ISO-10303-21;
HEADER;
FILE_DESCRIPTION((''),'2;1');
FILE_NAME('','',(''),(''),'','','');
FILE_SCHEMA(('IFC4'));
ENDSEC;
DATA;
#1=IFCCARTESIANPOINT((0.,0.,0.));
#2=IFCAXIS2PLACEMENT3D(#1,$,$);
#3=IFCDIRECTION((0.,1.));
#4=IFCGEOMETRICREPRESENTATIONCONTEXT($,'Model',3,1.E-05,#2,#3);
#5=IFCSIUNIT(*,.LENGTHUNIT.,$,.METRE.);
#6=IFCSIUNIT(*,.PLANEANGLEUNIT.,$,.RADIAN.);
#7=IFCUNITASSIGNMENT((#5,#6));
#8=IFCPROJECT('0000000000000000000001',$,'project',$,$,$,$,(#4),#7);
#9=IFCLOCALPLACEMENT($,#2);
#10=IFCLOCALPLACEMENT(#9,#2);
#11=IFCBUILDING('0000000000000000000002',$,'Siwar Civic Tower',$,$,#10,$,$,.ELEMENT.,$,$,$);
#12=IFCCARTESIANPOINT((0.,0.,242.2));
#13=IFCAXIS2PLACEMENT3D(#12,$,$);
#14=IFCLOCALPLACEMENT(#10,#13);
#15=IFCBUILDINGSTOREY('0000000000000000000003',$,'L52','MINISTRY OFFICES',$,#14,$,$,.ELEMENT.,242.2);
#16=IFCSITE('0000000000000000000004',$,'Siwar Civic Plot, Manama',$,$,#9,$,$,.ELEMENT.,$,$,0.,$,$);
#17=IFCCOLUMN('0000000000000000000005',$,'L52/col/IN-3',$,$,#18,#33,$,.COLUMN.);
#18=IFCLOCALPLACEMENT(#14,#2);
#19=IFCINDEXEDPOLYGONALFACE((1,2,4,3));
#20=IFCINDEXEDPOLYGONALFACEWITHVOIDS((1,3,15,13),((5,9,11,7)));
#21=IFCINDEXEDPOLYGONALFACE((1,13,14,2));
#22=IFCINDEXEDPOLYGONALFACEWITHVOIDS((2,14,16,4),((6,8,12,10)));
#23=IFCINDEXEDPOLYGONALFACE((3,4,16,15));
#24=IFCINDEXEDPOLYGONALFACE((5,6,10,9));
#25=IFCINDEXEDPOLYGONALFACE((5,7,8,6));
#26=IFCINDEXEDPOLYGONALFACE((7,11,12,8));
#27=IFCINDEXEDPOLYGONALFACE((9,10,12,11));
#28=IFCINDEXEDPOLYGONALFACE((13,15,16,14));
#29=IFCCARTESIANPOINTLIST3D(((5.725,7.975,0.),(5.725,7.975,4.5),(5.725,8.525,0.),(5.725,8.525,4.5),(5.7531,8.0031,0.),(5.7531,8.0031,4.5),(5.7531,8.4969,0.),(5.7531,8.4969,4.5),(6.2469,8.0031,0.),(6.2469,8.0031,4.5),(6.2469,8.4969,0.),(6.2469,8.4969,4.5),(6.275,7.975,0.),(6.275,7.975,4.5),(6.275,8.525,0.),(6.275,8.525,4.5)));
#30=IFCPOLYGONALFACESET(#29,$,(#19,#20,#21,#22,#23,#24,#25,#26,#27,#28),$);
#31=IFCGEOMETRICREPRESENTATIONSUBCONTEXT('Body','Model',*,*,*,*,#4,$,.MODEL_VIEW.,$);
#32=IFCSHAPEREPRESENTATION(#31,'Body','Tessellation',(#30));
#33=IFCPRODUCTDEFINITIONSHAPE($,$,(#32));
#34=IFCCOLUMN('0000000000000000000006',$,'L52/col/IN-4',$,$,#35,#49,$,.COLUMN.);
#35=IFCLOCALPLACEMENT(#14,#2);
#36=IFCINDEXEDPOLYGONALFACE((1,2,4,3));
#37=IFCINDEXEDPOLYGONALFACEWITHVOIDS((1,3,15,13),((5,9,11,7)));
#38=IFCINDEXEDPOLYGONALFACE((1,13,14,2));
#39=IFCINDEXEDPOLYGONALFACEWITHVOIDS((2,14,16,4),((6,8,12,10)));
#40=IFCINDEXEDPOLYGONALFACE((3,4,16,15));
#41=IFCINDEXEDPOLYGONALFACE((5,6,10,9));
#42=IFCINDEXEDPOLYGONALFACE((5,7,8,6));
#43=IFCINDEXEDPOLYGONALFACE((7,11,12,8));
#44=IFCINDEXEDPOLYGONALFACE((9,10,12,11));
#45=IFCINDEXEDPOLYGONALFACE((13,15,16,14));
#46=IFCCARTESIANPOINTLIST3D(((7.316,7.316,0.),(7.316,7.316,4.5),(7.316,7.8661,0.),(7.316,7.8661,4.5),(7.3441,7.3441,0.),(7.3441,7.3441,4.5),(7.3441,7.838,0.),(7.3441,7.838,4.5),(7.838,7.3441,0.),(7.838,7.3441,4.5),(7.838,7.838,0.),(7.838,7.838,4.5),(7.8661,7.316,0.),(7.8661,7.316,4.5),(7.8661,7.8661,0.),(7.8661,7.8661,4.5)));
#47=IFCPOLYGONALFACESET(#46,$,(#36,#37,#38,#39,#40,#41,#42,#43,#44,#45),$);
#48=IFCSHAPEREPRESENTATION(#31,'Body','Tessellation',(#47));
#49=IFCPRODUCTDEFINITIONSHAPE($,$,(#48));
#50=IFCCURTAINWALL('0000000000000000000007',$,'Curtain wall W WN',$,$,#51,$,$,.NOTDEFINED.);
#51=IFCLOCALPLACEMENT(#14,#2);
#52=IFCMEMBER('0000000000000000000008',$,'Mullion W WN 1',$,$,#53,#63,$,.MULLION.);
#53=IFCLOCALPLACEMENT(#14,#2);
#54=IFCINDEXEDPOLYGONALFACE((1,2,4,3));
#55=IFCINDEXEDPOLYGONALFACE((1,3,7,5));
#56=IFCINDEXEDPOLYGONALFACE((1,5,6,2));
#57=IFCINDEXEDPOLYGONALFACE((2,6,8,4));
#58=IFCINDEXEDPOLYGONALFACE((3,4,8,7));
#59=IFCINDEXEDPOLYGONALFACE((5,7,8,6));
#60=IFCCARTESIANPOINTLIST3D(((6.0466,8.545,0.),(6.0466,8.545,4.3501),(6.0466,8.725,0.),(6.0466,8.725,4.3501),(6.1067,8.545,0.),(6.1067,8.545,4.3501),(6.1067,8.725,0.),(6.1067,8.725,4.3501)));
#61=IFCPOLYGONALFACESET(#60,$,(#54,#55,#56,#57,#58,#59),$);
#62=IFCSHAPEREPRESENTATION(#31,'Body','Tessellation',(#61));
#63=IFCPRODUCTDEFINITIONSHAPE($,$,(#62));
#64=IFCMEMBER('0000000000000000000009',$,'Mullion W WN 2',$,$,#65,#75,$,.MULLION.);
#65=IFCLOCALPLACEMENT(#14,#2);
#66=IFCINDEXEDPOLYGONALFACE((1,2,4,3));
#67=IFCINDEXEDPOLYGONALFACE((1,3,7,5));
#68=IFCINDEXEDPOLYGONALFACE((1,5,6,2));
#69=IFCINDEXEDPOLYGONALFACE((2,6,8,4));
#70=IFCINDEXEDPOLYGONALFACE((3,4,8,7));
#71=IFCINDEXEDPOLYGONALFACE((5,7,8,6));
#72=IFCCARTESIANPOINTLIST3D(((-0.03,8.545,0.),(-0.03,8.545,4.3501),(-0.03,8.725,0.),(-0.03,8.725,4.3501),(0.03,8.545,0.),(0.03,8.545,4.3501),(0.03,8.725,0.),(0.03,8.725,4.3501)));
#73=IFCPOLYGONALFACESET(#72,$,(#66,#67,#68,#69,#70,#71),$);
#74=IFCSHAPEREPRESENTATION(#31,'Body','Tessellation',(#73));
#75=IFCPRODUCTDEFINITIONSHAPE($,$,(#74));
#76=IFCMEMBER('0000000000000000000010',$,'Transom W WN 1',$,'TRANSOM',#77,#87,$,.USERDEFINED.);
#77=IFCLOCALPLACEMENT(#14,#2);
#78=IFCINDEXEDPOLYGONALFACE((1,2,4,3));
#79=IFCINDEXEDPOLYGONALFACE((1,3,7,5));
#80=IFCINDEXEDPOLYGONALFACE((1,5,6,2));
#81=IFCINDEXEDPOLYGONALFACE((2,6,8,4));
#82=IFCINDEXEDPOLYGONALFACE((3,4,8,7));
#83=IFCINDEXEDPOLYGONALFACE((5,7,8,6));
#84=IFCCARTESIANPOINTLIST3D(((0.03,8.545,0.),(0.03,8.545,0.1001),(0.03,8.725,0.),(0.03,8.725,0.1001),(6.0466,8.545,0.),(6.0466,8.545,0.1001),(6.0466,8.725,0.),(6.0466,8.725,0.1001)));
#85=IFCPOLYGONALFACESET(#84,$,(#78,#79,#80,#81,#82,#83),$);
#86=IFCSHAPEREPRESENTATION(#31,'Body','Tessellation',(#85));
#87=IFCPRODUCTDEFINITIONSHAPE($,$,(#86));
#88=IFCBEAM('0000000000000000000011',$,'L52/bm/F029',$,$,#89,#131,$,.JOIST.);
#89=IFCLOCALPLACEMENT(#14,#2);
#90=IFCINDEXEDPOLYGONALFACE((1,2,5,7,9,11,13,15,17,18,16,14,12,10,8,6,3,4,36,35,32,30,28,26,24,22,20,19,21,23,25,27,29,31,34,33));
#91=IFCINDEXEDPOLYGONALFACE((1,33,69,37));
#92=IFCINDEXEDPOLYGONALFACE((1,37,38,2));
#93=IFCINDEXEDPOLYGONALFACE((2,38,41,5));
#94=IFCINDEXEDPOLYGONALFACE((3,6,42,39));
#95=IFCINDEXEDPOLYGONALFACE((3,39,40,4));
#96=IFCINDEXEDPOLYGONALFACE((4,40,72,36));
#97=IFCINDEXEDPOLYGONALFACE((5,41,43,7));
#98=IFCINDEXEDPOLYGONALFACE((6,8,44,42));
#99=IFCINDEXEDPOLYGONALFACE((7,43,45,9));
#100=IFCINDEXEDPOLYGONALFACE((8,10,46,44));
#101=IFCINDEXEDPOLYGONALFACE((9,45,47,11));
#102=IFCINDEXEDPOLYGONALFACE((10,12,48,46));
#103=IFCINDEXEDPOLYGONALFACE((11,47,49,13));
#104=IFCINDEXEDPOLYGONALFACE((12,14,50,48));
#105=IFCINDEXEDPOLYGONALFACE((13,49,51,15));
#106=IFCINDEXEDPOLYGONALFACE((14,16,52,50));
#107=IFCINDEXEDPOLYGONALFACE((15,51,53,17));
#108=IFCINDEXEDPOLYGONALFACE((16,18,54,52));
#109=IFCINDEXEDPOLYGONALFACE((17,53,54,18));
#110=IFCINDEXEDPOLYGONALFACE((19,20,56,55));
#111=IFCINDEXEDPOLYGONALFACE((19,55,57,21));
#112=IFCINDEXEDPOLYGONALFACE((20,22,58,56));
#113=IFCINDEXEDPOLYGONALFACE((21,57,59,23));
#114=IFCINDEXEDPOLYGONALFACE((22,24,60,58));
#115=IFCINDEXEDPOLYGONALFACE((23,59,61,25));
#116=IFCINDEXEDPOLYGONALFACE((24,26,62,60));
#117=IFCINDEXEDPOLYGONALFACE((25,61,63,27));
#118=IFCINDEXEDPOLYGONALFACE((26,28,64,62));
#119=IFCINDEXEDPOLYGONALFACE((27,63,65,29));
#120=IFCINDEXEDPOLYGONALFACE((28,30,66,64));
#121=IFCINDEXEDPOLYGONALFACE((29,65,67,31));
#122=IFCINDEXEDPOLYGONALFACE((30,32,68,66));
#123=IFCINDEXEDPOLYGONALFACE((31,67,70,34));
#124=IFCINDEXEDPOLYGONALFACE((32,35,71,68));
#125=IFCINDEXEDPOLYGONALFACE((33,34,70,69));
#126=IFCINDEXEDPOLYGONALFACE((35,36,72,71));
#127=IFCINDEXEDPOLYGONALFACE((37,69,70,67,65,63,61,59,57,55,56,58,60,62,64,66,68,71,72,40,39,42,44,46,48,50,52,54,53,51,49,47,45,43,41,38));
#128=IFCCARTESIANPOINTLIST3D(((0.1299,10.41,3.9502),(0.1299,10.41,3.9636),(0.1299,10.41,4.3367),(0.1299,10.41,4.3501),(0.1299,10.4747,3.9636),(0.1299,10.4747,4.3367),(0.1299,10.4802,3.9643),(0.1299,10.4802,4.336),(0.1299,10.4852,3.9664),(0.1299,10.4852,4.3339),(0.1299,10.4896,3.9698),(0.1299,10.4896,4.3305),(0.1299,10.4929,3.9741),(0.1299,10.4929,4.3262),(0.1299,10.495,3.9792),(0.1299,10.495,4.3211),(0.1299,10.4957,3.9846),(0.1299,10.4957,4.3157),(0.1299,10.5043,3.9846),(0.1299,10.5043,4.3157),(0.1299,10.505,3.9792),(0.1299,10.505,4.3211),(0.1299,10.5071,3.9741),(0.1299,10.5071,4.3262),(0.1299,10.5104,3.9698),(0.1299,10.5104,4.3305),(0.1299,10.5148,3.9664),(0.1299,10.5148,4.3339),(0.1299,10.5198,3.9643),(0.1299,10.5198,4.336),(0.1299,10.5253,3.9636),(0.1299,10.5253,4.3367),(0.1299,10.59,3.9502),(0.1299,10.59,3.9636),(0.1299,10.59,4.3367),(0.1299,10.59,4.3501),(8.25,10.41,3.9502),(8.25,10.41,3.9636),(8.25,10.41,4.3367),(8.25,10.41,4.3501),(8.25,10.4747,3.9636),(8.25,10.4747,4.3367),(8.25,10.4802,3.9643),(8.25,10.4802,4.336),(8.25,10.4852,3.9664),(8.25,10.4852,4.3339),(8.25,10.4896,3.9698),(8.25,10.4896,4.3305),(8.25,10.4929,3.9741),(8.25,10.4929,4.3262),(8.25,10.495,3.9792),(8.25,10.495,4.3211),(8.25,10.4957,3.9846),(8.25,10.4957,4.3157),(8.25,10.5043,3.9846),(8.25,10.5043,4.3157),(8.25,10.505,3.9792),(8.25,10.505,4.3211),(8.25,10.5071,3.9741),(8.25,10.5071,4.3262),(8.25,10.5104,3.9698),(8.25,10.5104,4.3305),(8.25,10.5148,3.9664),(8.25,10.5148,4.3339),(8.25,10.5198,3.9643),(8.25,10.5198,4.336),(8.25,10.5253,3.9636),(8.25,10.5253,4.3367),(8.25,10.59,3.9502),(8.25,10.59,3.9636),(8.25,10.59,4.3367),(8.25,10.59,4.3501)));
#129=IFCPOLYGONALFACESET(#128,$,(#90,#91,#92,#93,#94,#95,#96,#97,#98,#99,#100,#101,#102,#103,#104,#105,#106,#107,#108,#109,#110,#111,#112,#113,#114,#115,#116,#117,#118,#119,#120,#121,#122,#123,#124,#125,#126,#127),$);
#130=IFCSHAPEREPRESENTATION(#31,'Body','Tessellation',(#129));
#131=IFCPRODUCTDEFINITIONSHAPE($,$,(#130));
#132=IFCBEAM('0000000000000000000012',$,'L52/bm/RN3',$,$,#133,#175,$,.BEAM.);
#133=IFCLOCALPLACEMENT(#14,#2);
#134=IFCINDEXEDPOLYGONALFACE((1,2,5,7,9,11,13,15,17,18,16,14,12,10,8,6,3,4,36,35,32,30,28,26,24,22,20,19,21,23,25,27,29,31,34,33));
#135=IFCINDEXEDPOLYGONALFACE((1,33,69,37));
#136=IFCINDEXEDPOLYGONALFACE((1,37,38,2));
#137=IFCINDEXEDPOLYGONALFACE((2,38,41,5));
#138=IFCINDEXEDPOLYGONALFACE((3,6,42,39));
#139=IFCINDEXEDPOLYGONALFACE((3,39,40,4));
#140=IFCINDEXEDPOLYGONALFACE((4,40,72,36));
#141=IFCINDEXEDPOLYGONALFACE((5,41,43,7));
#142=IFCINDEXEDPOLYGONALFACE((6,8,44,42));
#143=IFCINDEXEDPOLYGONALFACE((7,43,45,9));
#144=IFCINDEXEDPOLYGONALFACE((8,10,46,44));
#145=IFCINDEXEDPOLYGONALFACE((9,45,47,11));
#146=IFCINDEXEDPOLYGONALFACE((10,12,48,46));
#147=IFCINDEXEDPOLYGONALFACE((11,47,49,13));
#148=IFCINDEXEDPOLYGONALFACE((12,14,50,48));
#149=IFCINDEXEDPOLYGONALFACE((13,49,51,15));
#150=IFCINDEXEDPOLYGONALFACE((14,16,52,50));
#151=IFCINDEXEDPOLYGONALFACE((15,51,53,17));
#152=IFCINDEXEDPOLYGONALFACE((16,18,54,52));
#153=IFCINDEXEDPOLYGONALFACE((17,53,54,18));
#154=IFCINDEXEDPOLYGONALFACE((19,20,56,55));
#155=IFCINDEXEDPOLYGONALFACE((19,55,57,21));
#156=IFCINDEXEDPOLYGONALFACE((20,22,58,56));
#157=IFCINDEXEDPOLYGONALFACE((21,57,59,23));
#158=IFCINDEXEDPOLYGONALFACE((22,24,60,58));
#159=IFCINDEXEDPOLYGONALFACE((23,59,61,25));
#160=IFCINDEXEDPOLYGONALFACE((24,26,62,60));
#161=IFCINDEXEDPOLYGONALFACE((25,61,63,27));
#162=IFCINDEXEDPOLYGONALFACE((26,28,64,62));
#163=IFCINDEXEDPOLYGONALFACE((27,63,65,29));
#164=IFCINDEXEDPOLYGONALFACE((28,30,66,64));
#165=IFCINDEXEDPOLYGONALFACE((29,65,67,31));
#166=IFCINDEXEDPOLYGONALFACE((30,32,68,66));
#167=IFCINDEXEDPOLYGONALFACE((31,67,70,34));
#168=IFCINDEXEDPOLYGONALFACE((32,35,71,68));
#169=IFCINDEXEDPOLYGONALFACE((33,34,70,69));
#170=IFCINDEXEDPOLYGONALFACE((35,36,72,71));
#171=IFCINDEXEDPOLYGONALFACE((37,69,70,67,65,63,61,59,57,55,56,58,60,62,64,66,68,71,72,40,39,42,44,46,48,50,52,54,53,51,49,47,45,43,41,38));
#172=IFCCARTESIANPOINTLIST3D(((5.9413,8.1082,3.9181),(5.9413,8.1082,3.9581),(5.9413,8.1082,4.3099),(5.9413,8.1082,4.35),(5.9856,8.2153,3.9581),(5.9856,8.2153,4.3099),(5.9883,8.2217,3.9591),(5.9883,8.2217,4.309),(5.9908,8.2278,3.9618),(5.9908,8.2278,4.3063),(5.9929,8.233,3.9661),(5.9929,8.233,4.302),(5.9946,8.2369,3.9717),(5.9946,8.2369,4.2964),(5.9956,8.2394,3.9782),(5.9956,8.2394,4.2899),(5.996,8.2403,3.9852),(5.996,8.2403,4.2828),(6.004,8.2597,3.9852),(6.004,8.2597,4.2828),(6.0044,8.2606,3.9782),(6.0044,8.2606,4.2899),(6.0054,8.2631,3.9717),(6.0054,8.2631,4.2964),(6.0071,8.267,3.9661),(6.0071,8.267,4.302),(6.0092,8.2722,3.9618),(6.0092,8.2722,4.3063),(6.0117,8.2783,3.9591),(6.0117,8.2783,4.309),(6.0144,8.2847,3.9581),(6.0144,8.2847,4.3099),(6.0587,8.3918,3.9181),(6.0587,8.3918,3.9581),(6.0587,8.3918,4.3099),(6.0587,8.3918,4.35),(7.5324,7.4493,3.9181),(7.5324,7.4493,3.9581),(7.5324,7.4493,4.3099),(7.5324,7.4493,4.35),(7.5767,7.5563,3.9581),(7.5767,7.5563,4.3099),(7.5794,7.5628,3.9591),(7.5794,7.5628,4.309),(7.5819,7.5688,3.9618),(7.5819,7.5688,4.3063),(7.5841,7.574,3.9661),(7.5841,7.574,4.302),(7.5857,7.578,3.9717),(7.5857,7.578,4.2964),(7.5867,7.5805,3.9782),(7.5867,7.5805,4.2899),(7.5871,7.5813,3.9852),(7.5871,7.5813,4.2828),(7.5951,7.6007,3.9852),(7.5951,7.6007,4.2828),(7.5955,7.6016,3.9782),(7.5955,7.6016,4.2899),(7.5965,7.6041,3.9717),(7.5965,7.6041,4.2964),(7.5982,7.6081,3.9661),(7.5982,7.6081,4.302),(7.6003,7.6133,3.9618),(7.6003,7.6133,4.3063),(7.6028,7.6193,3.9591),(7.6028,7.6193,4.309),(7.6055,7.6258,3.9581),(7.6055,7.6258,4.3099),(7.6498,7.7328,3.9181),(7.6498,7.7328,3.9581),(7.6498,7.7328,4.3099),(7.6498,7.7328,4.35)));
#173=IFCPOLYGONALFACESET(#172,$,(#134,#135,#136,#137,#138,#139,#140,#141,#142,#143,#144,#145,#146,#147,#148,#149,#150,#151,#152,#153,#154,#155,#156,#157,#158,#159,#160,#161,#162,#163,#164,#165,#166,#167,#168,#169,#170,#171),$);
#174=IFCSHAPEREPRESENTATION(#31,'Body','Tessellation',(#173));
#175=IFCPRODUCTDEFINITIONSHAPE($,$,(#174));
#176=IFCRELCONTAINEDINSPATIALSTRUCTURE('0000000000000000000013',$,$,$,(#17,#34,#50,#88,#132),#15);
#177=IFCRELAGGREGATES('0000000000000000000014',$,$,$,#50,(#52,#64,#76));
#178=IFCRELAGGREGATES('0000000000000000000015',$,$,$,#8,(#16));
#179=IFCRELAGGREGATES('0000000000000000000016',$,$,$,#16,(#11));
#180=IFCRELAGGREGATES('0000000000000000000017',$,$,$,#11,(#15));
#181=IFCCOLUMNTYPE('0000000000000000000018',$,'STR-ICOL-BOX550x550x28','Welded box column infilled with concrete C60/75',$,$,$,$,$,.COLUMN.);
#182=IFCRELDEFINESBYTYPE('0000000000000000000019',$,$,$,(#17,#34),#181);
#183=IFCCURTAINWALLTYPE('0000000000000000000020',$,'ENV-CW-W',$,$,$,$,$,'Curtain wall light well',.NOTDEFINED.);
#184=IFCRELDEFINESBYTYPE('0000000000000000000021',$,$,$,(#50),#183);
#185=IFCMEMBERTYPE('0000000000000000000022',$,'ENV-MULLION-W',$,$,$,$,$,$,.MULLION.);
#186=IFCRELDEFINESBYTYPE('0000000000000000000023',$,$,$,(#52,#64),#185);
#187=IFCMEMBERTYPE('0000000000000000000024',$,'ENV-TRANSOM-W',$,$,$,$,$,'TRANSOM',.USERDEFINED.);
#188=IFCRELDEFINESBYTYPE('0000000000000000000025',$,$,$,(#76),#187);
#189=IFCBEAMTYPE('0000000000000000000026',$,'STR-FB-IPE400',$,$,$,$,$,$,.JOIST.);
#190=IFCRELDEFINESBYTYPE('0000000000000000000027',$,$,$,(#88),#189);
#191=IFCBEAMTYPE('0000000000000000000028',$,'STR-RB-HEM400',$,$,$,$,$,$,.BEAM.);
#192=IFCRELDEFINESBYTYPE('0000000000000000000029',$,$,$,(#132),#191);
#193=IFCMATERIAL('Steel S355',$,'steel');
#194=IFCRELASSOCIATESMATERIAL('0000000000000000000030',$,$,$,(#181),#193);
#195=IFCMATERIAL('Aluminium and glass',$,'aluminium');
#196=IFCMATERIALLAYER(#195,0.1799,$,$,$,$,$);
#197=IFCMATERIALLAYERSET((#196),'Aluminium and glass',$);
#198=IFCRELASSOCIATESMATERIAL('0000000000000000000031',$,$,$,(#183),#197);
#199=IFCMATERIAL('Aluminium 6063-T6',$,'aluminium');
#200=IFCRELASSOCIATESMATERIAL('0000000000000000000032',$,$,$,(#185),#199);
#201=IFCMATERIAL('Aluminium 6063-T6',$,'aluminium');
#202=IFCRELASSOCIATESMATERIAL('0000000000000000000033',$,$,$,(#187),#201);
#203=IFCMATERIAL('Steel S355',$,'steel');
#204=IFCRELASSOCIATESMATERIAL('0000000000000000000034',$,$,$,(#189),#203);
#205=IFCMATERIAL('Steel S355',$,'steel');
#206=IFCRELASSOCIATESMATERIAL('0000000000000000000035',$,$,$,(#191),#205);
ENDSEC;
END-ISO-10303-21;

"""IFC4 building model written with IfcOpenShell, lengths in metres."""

from ifc_helpers import new_model, si_unit, direction, frame, origin, origin_2d, place, context, subcontext, project, spatial, rectangle, hollow_rectangle, i_section, extrude, material, layer, layer_set, material_profile, profile_set, type_object, element, aggregate, save


model = new_model("IFC4")

# Units and contexts
model_context = context("Model", 3, precision=1e-05, world=origin(), true_north=direction((0.0, 1.0)))
body_context = subcontext(model_context, "Body", "Model", "MODEL_VIEW")
ifc_project = project(units=[si_unit("LENGTHUNIT", "METRE"), si_unit("PLANEANGLEUNIT", "RADIAN")], contexts=[model_context])

# Site, building, storey
site_placement = place(None, origin())
site = spatial("IfcSite", under=ifc_project, at=site_placement, Name="Siwar Civic Plot, Manama", CompositionType="ELEMENT", RefElevation=0.0)
building_placement = place(site_placement, origin())
building = spatial("IfcBuilding", under=site, at=building_placement, Name="Siwar Civic Tower", CompositionType="ELEMENT")
storey_placement = place(building_placement, frame((0.0, 0.0, 242.2)))
storey = spatial("IfcBuildingStorey", under=building, at=storey_placement, Name="L52", Description="MINISTRY OFFICES", CompositionType="ELEMENT", Elevation=242.2)

# Columns
ifc_material_1 = material(Name="Steel S355", Category="steel")
ifc_material_profile_1 = material_profile(ifc_material_1, hollow_rectangle(XDim=0.55, YDim=0.55, WallThickness=0.0281, at=origin_2d()), Name="BOX550x550x28")
ifc_profile_set_1 = profile_set([ifc_material_profile_1], Name="Steel S355")
column_type = type_object("IfcColumnType", Name="STR-ICOL-BOX550x550x28", Description="Welded box column infilled with concrete C60/75", PredefinedType="COLUMN", material=ifc_profile_set_1)
for number, where, z_axis, x_axis, name in (
    (1, (6.0, 8.25, 0.0), (0.0, 0.0, 1.0), (1.0, 0.0, 0.0), "L52/col/IN-3"),
    (2, (7.5911, 7.5911, 0.0), (0.0, 0.0, 1.0), (1.0, 0.0, 0.0), "L52/col/IN-4"),
):
    element("IfcColumn", number, at=place(storey_placement, frame(where, z_axis=z_axis, x_axis=x_axis)), inside=storey, type_object=column_type, Name=name, PredefinedType="COLUMN", context=body_context, shape_type="SweptSolid", body=[
        extrude(hollow_rectangle(XDim=0.55, YDim=0.55, WallThickness=0.0281, at=origin_2d()), origin(), (0.0, 0.0, 1.0), 4.5),
    ])

# Curtain wall, members
ifc_material_2 = material(Name="Aluminium and glass", Category="aluminium")
ifc_layer_1 = layer(ifc_material_2, 0.1799)
ifc_layer_set_1 = layer_set([ifc_layer_1], Name="Aluminium and glass")
curtain_wall_type = type_object("IfcCurtainWallType", Name="ENV-CW-W", ElementType="Curtain wall light well", PredefinedType="NOTDEFINED", material=ifc_layer_set_1)
curtain_wall_placement = place(storey_placement, origin())
curtain_wall = element("IfcCurtainWall", 3, at=curtain_wall_placement, inside=storey, type_object=curtain_wall_type, Name="Curtain wall W WN", PredefinedType="NOTDEFINED")
ifc_material_3 = material(Name="Aluminium 6063-T6", Category="aluminium")
ifc_material_profile_2 = material_profile(ifc_material_3, rectangle(XDim=0.1799, YDim=0.0601, at=origin_2d()), Name="AL 180x60")
ifc_profile_set_2 = profile_set([ifc_material_profile_2], Name="Aluminium 6063-T6")
member_type_1 = type_object("IfcMemberType", Name="ENV-MULLION-W", PredefinedType="MULLION", material=ifc_profile_set_2)
member_1_placement = place(storey_placement, frame((6.0767, 8.635, 0.0), z_axis=(0.0, 0.0, 1.0), x_axis=(0.0, -1.0, 0.0)))
member_1 = element("IfcMember", 4, at=member_1_placement, type_object=member_type_1, Name="Mullion W WN 1", PredefinedType="MULLION", context=body_context, shape_type="SweptSolid", body=[
    extrude(rectangle(XDim=0.1799, YDim=0.0601, at=origin_2d()), origin(), (0.0, 0.0, 1.0), 4.3501),
])
member_2_placement = place(storey_placement, frame((0.0, 8.635, 0.0), z_axis=(0.0, 0.0, 1.0), x_axis=(0.0, -1.0, 0.0)))
member_2 = element("IfcMember", 5, at=member_2_placement, type_object=member_type_1, Name="Mullion W WN 2", PredefinedType="MULLION", context=body_context, shape_type="SweptSolid", body=[
    extrude(rectangle(XDim=0.1799, YDim=0.0601, at=origin_2d()), origin(), (0.0, 0.0, 1.0), 4.3501),
])
ifc_material_4 = material(Name="Aluminium 6063-T6", Category="aluminium")
ifc_material_profile_3 = material_profile(ifc_material_4, rectangle(XDim=0.1799, YDim=0.1001, at=origin_2d()), Name="AL 180x100")
ifc_profile_set_3 = profile_set([ifc_material_profile_3], Name="Aluminium 6063-T6")
member_type_2 = type_object("IfcMemberType", Name="ENV-TRANSOM-W", ElementType="TRANSOM", PredefinedType="USERDEFINED", material=ifc_profile_set_3)
member_3_placement = place(storey_placement, frame((6.0466, 8.635, 0.05), z_axis=(-1.0, 0.0, 0.0), x_axis=(0.0, -1.0, 0.0)))
member_3 = element("IfcMember", 6, at=member_3_placement, type_object=member_type_2, Name="Transom W WN 1", ObjectType="TRANSOM", PredefinedType="USERDEFINED", context=body_context, shape_type="SweptSolid", body=[
    extrude(rectangle(XDim=0.1799, YDim=0.1001, at=origin_2d()), origin(), (0.0, 0.0, 1.0), 6.0166),
])

# Beams
ifc_material_5 = material(Name="Steel S355", Category="steel")
ifc_material_profile_4 = material_profile(ifc_material_5, i_section(OverallWidth=0.1799, OverallDepth=0.3999, WebThickness=0.0085, FlangeThickness=0.0134, FilletRadius=0.021, at=origin_2d()), Name="IPE400")
ifc_profile_set_4 = profile_set([ifc_material_profile_4], Name="Steel S355")
beam_type_1 = type_object("IfcBeamType", Name="STR-FB-IPE400", PredefinedType="JOIST", material=ifc_profile_set_4)
beam_placement = place(storey_placement, frame((0.1299, 10.5, 4.1501), z_axis=(1.0, 0.0, 0.0), x_axis=(0.0, 1.0, 0.0)))
element("IfcBeam", 7, at=beam_placement, inside=storey, type_object=beam_type_1, Name="L52/bm/F029", PredefinedType="JOIST", context=body_context, shape_type="SweptSolid", body=[
    extrude(i_section(OverallWidth=0.1799, OverallDepth=0.3999, WebThickness=0.0085, FlangeThickness=0.0134, FilletRadius=0.021, at=origin_2d()), origin(), (0.0, 0.0, 1.0), 8.1201),
])
ifc_material_6 = material(Name="Steel S355", Category="steel")
ifc_material_profile_5 = material_profile(ifc_material_6, i_section(OverallWidth=0.3069, OverallDepth=0.4319, WebThickness=0.021, FlangeThickness=0.04, FilletRadius=0.0271, at=origin_2d()), Name="HEM400")
ifc_profile_set_5 = profile_set([ifc_material_profile_5], Name="Steel S355")
beam_type_2 = type_object("IfcBeamType", Name="STR-RB-HEM400", PredefinedType="BEAM", material=ifc_profile_set_5)
for number, where, z_axis, x_axis, name in (
    (8, (6.0, 8.25, 4.134), (0.923901, -0.382631, 0.0), (0.382631, 0.923901, 0.0), "L52/bm/RN3"),
):
    element("IfcBeam", number, at=place(storey_placement, frame(where, z_axis=z_axis, x_axis=x_axis)), inside=storey, type_object=beam_type_2, Name=name, PredefinedType="BEAM", context=body_context, shape_type="SweptSolid", body=[
        extrude(i_section(OverallWidth=0.3069, OverallDepth=0.4319, WebThickness=0.021, FlangeThickness=0.04, FilletRadius=0.0271, at=origin_2d()), origin(), (0.0, 0.0, 1.0), 1.7222),
    ])

aggregate(curtain_wall, [member_1, member_2, member_3])

save(model, "model.ifc")
